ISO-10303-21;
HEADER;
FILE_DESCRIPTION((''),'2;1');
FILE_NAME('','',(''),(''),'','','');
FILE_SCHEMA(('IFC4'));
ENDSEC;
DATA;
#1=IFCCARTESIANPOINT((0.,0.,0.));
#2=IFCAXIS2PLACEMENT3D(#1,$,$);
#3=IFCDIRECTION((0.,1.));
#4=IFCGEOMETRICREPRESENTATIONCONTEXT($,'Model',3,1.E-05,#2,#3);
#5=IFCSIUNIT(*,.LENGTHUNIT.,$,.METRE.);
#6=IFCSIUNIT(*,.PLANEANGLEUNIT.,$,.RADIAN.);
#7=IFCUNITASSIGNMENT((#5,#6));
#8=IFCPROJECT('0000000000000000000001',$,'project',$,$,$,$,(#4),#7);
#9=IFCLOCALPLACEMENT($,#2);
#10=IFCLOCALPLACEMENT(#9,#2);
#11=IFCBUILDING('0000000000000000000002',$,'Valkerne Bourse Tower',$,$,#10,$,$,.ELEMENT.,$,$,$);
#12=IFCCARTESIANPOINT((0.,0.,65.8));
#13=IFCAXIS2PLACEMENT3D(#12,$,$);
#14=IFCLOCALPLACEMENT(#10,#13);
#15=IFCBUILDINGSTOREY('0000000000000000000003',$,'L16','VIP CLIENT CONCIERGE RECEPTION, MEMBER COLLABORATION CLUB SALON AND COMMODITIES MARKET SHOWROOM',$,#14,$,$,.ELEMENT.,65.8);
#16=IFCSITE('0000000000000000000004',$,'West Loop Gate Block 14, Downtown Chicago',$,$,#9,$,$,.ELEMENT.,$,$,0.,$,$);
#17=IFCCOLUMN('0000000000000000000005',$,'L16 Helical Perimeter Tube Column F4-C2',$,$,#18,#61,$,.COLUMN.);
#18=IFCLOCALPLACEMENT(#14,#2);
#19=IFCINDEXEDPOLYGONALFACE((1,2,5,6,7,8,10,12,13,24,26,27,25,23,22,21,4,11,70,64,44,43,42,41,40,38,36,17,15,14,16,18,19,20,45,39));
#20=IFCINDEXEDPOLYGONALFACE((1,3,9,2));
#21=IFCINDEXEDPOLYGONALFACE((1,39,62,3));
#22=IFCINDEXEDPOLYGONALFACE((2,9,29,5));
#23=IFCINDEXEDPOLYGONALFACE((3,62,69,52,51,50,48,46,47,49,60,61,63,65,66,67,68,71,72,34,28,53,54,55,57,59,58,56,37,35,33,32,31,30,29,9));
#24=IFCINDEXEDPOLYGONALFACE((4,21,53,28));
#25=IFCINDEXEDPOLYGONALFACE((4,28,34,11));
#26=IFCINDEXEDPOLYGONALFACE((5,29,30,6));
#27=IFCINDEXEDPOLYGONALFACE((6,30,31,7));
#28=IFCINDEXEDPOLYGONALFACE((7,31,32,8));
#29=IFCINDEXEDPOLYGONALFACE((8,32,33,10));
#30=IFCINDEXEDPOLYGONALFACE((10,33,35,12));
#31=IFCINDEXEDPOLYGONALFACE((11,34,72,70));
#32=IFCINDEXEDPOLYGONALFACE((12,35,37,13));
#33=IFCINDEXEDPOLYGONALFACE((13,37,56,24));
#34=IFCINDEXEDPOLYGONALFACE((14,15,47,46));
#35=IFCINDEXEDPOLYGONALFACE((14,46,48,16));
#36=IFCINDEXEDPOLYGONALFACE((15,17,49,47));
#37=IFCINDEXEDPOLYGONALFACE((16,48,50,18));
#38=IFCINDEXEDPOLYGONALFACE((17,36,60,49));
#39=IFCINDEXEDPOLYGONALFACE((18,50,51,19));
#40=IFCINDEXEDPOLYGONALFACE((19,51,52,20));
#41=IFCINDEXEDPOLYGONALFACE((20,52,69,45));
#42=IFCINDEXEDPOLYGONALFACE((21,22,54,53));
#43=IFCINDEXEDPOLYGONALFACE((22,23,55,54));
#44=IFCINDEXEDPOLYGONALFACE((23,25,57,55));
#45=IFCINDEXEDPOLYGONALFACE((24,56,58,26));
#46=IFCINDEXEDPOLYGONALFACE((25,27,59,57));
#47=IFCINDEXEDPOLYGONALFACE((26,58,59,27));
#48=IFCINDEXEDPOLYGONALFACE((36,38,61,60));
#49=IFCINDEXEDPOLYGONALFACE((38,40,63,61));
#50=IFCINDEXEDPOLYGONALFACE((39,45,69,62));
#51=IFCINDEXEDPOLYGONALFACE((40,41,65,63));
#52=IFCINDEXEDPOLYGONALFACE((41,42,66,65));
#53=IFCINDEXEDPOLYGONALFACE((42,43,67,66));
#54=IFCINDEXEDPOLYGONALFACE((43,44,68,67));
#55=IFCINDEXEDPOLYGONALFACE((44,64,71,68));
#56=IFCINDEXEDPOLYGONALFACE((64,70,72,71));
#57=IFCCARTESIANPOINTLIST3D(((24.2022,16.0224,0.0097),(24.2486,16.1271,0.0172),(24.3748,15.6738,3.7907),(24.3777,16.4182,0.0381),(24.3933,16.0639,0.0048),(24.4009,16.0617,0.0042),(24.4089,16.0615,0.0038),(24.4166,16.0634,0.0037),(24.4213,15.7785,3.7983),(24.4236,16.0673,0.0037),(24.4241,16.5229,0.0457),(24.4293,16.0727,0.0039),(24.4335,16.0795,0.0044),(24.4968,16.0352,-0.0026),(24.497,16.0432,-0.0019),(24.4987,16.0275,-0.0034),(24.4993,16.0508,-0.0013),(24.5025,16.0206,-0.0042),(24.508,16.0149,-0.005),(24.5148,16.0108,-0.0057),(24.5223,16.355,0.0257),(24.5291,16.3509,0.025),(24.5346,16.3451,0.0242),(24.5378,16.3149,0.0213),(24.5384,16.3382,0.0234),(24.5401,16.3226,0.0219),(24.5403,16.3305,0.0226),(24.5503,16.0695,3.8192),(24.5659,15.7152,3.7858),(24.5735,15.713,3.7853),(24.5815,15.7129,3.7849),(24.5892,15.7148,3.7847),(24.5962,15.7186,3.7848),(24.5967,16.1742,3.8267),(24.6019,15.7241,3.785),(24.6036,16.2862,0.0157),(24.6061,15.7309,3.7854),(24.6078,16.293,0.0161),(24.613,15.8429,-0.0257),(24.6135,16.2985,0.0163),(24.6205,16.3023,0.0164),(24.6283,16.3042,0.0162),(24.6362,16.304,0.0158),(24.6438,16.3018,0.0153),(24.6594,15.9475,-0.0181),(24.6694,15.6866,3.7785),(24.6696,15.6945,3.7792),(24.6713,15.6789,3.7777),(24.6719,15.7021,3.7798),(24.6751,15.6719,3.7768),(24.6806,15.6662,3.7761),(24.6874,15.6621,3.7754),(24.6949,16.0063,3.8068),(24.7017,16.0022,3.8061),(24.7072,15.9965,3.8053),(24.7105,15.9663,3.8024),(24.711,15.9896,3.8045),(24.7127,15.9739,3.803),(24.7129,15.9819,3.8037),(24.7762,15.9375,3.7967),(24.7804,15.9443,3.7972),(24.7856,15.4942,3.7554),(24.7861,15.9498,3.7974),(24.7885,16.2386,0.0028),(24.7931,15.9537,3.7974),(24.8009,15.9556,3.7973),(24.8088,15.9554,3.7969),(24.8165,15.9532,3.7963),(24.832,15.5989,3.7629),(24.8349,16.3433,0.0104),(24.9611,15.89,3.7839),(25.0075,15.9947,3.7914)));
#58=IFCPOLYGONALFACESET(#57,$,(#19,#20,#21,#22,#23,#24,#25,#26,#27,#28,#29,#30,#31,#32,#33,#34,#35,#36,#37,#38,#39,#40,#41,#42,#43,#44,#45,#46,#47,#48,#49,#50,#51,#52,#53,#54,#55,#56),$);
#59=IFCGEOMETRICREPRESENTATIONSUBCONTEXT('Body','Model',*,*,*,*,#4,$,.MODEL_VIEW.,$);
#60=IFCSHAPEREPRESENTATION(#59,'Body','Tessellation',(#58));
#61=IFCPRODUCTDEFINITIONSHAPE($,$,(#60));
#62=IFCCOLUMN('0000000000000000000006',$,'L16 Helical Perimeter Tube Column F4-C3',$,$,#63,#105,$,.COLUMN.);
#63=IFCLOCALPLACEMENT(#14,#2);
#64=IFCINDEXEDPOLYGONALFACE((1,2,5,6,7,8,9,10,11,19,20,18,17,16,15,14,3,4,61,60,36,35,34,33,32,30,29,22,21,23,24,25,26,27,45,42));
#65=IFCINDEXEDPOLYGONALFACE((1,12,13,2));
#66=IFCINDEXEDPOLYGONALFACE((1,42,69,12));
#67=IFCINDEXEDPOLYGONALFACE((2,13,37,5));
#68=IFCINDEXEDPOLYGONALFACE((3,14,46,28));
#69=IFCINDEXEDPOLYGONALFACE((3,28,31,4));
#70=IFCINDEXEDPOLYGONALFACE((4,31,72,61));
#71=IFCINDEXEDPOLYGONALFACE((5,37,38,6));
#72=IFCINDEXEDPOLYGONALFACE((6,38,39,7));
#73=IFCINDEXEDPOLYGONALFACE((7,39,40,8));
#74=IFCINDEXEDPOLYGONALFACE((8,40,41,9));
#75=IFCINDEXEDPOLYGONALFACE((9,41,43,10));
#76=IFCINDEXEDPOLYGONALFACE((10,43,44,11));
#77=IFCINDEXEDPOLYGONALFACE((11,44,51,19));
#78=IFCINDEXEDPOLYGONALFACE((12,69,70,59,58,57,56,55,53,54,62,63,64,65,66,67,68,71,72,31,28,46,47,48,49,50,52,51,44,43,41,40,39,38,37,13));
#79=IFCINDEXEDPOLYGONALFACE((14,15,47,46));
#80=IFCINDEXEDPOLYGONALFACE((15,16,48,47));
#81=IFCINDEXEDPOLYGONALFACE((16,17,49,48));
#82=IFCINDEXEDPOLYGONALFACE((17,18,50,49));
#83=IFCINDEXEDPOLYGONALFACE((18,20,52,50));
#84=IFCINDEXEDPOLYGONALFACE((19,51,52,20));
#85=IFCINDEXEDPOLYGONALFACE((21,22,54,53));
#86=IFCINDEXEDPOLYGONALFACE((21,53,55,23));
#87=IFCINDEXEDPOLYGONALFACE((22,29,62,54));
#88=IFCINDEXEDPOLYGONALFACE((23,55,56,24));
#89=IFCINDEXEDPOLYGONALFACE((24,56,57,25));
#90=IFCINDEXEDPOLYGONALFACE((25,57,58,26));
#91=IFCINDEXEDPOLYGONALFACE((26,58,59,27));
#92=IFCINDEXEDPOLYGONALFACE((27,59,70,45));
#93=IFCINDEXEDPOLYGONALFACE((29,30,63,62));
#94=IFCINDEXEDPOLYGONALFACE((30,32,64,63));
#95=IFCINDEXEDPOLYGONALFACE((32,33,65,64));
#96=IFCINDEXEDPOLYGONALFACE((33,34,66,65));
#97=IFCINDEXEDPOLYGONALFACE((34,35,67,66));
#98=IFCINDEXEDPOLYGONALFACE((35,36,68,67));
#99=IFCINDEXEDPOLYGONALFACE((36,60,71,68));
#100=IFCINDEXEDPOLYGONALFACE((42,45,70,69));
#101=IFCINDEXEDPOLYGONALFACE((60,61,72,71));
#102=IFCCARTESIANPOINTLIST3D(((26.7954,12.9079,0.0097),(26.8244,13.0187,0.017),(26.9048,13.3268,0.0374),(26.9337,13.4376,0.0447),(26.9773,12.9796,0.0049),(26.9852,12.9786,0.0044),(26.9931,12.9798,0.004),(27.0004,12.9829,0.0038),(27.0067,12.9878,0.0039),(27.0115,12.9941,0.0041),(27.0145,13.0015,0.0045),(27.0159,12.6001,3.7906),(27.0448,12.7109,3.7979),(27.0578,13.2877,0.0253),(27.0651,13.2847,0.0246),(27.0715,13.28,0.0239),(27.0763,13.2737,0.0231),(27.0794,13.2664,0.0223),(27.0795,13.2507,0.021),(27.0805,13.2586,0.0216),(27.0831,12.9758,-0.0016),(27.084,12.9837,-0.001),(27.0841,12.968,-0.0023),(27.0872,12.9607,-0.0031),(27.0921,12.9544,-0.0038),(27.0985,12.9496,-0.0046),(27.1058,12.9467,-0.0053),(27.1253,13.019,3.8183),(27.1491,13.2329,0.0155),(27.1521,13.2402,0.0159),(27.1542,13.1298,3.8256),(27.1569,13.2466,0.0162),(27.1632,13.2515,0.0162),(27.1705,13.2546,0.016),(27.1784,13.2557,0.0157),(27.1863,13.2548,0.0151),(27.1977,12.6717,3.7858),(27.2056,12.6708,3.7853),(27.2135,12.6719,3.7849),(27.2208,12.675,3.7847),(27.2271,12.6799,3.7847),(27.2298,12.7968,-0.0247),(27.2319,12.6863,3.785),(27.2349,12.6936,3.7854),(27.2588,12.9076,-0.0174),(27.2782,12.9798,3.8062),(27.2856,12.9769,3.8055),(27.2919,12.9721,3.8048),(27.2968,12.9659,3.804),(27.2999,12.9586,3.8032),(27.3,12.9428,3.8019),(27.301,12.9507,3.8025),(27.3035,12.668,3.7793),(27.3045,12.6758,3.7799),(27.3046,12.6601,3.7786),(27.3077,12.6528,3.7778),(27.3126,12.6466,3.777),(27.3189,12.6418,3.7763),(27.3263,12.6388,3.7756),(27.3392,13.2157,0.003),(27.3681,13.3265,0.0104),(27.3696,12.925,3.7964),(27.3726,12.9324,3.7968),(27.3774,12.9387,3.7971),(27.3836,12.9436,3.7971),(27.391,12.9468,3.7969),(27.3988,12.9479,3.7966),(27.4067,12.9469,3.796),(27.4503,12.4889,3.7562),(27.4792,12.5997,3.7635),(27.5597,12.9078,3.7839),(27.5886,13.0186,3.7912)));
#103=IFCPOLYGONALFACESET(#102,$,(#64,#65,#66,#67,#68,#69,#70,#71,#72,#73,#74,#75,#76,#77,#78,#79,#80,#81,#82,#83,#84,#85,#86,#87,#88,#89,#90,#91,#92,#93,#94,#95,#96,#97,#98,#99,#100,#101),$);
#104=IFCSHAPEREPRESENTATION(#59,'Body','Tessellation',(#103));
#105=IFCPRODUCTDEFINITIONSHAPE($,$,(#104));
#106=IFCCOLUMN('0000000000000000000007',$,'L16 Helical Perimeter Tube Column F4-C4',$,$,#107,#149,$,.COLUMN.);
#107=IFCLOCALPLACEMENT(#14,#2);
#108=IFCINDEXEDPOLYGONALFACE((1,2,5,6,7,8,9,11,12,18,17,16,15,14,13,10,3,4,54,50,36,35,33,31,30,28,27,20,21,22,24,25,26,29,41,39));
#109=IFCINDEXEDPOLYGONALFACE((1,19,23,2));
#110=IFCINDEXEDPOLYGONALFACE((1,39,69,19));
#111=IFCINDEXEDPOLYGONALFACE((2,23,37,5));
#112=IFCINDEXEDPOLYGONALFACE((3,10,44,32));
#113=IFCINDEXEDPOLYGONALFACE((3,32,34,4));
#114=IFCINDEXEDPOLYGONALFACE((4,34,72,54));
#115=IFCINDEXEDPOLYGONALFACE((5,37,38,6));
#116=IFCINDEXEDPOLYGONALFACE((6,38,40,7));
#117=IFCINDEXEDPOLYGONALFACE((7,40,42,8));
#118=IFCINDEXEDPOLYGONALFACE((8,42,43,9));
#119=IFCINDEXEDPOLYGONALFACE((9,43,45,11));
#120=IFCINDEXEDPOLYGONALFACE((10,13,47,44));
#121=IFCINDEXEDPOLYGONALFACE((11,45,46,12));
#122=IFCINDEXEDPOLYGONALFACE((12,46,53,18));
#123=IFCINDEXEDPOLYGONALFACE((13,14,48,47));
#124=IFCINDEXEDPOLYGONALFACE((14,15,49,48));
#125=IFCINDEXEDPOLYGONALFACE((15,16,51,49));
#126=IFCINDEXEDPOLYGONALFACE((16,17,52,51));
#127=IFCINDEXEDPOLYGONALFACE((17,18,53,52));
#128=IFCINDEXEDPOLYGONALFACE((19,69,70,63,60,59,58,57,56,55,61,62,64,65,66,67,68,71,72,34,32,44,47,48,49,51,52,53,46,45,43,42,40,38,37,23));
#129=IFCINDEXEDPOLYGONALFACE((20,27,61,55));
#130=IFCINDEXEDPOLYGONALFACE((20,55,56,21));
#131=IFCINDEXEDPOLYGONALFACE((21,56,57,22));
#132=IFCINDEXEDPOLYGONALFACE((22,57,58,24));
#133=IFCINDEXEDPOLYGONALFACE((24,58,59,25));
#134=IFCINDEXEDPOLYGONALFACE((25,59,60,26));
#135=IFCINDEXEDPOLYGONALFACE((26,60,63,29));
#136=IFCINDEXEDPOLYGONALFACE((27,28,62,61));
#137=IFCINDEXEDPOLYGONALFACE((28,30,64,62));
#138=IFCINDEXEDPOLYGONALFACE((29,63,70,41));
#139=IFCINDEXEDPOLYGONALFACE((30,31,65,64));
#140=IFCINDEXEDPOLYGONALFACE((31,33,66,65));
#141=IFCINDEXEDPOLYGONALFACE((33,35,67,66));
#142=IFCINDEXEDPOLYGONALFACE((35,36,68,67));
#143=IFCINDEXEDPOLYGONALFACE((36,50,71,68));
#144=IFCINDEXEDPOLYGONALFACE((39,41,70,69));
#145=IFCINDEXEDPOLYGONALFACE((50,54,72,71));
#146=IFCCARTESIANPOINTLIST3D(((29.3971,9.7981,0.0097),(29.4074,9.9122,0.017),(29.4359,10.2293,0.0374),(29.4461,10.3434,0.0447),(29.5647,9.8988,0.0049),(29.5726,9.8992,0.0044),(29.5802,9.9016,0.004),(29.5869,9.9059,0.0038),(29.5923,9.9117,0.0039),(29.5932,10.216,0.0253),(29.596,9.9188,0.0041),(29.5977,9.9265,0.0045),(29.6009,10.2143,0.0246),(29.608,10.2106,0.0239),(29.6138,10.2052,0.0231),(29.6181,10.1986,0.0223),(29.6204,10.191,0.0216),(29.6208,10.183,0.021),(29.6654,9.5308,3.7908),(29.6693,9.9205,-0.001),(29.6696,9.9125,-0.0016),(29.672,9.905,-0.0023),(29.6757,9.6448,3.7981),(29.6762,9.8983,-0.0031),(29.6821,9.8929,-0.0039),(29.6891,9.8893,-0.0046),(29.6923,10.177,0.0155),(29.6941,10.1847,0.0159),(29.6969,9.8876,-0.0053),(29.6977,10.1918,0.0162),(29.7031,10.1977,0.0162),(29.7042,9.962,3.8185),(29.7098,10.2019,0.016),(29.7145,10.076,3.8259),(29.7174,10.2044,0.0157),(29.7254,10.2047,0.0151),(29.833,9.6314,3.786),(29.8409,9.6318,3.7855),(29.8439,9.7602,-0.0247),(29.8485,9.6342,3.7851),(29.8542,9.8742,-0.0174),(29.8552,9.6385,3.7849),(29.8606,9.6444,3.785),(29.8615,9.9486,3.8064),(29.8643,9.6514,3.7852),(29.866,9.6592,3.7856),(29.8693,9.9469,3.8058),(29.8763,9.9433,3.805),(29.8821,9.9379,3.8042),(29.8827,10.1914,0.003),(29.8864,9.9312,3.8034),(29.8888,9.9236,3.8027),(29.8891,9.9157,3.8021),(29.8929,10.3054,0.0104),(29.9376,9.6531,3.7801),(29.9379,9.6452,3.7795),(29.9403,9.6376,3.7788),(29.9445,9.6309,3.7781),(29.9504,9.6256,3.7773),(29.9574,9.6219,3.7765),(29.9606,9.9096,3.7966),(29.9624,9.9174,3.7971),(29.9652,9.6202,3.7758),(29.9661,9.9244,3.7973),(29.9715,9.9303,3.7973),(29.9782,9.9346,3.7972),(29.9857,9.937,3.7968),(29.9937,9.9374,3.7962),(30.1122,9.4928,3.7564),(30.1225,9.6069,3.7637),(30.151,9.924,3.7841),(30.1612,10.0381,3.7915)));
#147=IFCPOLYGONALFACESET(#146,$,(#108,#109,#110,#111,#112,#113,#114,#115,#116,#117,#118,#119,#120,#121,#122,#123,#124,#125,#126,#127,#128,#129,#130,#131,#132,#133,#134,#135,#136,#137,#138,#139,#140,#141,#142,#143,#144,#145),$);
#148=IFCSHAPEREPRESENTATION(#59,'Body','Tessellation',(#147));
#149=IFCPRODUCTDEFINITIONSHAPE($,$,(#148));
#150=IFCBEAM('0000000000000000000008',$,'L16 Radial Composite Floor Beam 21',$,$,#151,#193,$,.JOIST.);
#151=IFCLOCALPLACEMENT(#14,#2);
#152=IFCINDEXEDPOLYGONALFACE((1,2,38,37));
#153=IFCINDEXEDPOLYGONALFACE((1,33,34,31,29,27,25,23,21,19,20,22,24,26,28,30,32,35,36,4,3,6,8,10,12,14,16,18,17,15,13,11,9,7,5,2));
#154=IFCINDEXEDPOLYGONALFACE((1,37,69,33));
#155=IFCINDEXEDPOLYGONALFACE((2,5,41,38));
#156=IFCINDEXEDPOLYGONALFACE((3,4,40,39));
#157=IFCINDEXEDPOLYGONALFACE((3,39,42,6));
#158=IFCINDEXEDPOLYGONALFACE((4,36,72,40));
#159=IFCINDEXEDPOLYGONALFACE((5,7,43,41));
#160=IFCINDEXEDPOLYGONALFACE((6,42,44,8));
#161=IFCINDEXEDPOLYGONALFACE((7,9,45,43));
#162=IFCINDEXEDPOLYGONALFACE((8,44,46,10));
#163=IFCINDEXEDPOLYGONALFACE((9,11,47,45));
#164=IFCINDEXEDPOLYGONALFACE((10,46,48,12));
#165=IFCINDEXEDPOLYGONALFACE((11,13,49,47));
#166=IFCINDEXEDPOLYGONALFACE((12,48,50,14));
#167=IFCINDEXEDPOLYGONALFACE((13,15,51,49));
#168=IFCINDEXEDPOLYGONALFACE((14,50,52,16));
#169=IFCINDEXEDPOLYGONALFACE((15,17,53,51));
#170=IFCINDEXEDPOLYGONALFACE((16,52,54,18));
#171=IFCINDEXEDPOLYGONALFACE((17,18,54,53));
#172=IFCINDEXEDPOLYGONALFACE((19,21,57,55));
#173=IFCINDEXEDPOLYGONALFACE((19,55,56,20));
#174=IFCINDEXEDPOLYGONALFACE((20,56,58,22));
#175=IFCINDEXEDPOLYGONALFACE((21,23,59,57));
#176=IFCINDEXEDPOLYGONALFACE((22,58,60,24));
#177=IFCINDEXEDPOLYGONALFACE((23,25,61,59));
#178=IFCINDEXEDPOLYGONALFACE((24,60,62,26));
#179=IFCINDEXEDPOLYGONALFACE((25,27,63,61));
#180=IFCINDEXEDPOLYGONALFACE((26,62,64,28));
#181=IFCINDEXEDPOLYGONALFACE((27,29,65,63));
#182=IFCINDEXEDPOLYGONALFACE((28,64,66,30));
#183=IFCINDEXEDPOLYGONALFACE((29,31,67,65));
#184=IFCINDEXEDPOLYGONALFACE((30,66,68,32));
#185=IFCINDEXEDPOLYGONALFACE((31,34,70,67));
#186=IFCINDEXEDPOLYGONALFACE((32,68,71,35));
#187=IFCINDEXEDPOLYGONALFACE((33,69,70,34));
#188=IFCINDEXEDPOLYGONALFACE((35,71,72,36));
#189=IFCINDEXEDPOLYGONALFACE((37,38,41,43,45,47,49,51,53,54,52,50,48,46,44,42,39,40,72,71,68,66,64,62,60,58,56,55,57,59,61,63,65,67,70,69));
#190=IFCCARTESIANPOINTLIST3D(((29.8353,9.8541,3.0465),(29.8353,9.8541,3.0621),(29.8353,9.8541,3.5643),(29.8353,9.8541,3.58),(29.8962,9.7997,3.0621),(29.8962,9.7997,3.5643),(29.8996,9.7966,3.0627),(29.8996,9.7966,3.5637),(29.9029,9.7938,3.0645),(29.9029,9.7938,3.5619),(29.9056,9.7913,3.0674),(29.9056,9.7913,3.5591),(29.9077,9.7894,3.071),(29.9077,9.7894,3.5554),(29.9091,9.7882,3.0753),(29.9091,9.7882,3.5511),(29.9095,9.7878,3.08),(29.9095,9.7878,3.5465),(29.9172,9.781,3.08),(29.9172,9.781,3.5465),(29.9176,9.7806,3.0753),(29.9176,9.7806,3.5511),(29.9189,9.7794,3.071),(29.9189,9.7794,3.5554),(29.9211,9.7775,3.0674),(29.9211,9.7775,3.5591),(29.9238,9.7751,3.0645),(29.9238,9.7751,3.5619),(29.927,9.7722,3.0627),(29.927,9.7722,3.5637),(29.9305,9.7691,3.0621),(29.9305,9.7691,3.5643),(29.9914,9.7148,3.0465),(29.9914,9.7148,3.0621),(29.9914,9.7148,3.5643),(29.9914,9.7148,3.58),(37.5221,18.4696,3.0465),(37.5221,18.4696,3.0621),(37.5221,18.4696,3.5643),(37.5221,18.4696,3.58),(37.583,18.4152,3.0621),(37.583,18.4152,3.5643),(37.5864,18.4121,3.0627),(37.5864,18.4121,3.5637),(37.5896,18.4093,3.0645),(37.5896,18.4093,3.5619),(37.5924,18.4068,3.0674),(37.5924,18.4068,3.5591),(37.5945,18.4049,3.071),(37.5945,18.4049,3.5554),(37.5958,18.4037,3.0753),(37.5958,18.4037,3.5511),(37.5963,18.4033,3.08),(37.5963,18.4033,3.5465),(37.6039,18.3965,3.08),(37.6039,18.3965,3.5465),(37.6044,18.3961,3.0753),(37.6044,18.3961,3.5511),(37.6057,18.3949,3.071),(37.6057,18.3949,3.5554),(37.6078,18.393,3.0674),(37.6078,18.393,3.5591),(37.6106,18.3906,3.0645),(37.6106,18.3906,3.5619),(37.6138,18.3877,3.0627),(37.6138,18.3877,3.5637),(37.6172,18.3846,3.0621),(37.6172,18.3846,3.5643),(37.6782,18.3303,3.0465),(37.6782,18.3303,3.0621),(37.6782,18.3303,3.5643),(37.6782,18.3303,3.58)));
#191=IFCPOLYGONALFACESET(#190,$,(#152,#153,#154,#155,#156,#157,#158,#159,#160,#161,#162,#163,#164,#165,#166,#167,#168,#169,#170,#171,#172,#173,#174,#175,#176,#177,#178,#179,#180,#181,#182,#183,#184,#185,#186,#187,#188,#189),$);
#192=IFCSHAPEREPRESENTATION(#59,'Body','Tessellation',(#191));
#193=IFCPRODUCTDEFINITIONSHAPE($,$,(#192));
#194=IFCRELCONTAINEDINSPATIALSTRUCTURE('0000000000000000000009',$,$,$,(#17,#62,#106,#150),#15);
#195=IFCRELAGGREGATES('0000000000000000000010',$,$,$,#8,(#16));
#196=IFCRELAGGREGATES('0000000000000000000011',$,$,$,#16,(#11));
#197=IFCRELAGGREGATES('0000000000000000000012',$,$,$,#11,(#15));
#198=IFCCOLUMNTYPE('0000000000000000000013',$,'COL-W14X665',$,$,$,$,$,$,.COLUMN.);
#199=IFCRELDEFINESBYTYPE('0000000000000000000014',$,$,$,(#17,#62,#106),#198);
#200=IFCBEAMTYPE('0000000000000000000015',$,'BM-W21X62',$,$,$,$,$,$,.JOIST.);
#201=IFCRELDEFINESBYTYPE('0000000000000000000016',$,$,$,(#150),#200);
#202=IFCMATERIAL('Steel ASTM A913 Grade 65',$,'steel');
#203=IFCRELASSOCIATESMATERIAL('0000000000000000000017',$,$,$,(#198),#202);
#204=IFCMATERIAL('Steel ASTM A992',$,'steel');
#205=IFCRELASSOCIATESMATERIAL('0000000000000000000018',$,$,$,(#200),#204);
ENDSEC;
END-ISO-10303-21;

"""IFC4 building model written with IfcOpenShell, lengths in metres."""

from ifc_helpers import new_model, si_unit, direction, frame, origin, origin_2d, place, context, subcontext, project, spatial, i_section, extrude, material, material_profile, profile_set, type_object, element, save


model = new_model("IFC4")

# Units and contexts
model_context = context("Model", 3, precision=1e-05, world=origin(), true_north=direction((0.0, 1.0)))
body_context = subcontext(model_context, "Body", "Model", "MODEL_VIEW")
ifc_project = project(units=[si_unit("LENGTHUNIT", "METRE"), si_unit("PLANEANGLEUNIT", "RADIAN")], contexts=[model_context])

# Site, building, storey
site_placement = place(None, origin())
site = spatial("IfcSite", under=ifc_project, at=site_placement, Name="West Loop Gate Block 14, Downtown Chicago", CompositionType="ELEMENT", RefElevation=0.0)
building_placement = place(site_placement, origin())
building = spatial("IfcBuilding", under=site, at=building_placement, Name="Valkerne Bourse Tower", CompositionType="ELEMENT")
storey_placement = place(building_placement, frame((0.0, 0.0, 65.8)))
storey = spatial("IfcBuildingStorey", under=building, at=storey_placement, Name="L16", Description="VIP CLIENT CONCIERGE RECEPTION, MEMBER COLLABORATION CLUB SALON AND COMMODITIES MARKET SHOWROOM", CompositionType="ELEMENT", Elevation=65.8)

# Columns
ifc_material_1 = material(Name="Steel ASTM A913 Grade 65", Category="steel")
ifc_material_profile_1 = material_profile(ifc_material_1, i_section(OverallWidth=0.4497, OverallDepth=0.5486, WebThickness=0.072, FlangeThickness=0.1147, FilletRadius=0.0305, at=origin_2d()), Name="W14X665")
ifc_profile_set_1 = profile_set([ifc_material_profile_1], Name="Steel ASTM A913 Grade 65")
column_type = type_object("IfcColumnType", Name="COL-W14X665", PredefinedType="COLUMN", material=ifc_profile_set_1)
column_1_placement = place(storey_placement, frame((24.5186, 16.1829, 0.01), z_axis=(0.045411, -0.091722, 0.994749), x_axis=(0.913453, -0.399297, -0.078518)))
element("IfcColumn", 1, at=column_1_placement, inside=storey, type_object=column_type, Name="L16 Helical Perimeter Tube Column F4-C2", PredefinedType="COLUMN", context=body_context, shape_type="SweptSolid", body=[
    extrude(i_section(OverallWidth=0.4497, OverallDepth=0.5486, WebThickness=0.072, FlangeThickness=0.1147, FilletRadius=0.0305, at=origin_2d()), origin(), (0.0, 0.0, 1.0), 3.801),
])
column_2_placement = place(storey_placement, frame((27.0818, 13.1172, 0.01), z_axis=(0.058017, -0.081018, 0.995023), x_axis=(0.965952, -0.247168, -0.076447)))
element("IfcColumn", 2, at=column_2_placement, inside=storey, type_object=column_type, Name="L16 Helical Perimeter Tube Column F4-C3", PredefinedType="COLUMN", context=body_context, shape_type="SweptSolid", body=[
    extrude(i_section(OverallWidth=0.4497, OverallDepth=0.5486, WebThickness=0.072, FlangeThickness=0.1147, FilletRadius=0.0305, at=origin_2d()), origin(), (0.0, 0.0, 1.0), 3.7998),
])
column_3_placement = place(storey_placement, frame((29.645, 10.0518, 0.01), z_axis=(0.070609, -0.070352, 0.99502), x_axis=(0.993495, -0.084382, -0.076467)))
element("IfcColumn", 3, at=column_3_placement, inside=storey, type_object=column_type, Name="L16 Helical Perimeter Tube Column F4-C4", PredefinedType="COLUMN", context=body_context, shape_type="SweptSolid", body=[
    extrude(i_section(OverallWidth=0.4497, OverallDepth=0.5486, WebThickness=0.072, FlangeThickness=0.1147, FilletRadius=0.0305, at=origin_2d()), origin(), (0.0, 0.0, 1.0), 3.8),
])

# Beam
ifc_material_2 = material(Name="Steel ASTM A992", Category="steel")
ifc_material_profile_2 = material_profile(ifc_material_2, i_section(OverallWidth=0.2092, OverallDepth=0.5334, WebThickness=0.0103, FlangeThickness=0.0156, FilletRadius=0.0178, at=origin_2d()), Name="W21X62")
ifc_profile_set_2 = profile_set([ifc_material_profile_2], Name="Steel ASTM A992")
beam_type_1 = type_object("IfcBeamType", Name="BM-W21X62", PredefinedType="JOIST", material=ifc_profile_set_2)
beam_1_placement = place(storey_placement, frame((29.9133, 9.7844, 3.3132), z_axis=(0.665745, 0.74618, 0.0), x_axis=(-0.74618, 0.665745, 0.0)))
element("IfcBeam", 4, at=beam_1_placement, inside=storey, type_object=beam_type_1, Name="L16 Radial Composite Floor Beam 21", PredefinedType="JOIST", context=body_context, shape_type="SweptSolid", body=[
    extrude(i_section(OverallWidth=0.2092, OverallDepth=0.5334, WebThickness=0.0103, FlangeThickness=0.0156, FilletRadius=0.0178, at=origin_2d()), origin(), (0.0, 0.0, 1.0), 11.5461),
])

save(model, "model.ifc")
